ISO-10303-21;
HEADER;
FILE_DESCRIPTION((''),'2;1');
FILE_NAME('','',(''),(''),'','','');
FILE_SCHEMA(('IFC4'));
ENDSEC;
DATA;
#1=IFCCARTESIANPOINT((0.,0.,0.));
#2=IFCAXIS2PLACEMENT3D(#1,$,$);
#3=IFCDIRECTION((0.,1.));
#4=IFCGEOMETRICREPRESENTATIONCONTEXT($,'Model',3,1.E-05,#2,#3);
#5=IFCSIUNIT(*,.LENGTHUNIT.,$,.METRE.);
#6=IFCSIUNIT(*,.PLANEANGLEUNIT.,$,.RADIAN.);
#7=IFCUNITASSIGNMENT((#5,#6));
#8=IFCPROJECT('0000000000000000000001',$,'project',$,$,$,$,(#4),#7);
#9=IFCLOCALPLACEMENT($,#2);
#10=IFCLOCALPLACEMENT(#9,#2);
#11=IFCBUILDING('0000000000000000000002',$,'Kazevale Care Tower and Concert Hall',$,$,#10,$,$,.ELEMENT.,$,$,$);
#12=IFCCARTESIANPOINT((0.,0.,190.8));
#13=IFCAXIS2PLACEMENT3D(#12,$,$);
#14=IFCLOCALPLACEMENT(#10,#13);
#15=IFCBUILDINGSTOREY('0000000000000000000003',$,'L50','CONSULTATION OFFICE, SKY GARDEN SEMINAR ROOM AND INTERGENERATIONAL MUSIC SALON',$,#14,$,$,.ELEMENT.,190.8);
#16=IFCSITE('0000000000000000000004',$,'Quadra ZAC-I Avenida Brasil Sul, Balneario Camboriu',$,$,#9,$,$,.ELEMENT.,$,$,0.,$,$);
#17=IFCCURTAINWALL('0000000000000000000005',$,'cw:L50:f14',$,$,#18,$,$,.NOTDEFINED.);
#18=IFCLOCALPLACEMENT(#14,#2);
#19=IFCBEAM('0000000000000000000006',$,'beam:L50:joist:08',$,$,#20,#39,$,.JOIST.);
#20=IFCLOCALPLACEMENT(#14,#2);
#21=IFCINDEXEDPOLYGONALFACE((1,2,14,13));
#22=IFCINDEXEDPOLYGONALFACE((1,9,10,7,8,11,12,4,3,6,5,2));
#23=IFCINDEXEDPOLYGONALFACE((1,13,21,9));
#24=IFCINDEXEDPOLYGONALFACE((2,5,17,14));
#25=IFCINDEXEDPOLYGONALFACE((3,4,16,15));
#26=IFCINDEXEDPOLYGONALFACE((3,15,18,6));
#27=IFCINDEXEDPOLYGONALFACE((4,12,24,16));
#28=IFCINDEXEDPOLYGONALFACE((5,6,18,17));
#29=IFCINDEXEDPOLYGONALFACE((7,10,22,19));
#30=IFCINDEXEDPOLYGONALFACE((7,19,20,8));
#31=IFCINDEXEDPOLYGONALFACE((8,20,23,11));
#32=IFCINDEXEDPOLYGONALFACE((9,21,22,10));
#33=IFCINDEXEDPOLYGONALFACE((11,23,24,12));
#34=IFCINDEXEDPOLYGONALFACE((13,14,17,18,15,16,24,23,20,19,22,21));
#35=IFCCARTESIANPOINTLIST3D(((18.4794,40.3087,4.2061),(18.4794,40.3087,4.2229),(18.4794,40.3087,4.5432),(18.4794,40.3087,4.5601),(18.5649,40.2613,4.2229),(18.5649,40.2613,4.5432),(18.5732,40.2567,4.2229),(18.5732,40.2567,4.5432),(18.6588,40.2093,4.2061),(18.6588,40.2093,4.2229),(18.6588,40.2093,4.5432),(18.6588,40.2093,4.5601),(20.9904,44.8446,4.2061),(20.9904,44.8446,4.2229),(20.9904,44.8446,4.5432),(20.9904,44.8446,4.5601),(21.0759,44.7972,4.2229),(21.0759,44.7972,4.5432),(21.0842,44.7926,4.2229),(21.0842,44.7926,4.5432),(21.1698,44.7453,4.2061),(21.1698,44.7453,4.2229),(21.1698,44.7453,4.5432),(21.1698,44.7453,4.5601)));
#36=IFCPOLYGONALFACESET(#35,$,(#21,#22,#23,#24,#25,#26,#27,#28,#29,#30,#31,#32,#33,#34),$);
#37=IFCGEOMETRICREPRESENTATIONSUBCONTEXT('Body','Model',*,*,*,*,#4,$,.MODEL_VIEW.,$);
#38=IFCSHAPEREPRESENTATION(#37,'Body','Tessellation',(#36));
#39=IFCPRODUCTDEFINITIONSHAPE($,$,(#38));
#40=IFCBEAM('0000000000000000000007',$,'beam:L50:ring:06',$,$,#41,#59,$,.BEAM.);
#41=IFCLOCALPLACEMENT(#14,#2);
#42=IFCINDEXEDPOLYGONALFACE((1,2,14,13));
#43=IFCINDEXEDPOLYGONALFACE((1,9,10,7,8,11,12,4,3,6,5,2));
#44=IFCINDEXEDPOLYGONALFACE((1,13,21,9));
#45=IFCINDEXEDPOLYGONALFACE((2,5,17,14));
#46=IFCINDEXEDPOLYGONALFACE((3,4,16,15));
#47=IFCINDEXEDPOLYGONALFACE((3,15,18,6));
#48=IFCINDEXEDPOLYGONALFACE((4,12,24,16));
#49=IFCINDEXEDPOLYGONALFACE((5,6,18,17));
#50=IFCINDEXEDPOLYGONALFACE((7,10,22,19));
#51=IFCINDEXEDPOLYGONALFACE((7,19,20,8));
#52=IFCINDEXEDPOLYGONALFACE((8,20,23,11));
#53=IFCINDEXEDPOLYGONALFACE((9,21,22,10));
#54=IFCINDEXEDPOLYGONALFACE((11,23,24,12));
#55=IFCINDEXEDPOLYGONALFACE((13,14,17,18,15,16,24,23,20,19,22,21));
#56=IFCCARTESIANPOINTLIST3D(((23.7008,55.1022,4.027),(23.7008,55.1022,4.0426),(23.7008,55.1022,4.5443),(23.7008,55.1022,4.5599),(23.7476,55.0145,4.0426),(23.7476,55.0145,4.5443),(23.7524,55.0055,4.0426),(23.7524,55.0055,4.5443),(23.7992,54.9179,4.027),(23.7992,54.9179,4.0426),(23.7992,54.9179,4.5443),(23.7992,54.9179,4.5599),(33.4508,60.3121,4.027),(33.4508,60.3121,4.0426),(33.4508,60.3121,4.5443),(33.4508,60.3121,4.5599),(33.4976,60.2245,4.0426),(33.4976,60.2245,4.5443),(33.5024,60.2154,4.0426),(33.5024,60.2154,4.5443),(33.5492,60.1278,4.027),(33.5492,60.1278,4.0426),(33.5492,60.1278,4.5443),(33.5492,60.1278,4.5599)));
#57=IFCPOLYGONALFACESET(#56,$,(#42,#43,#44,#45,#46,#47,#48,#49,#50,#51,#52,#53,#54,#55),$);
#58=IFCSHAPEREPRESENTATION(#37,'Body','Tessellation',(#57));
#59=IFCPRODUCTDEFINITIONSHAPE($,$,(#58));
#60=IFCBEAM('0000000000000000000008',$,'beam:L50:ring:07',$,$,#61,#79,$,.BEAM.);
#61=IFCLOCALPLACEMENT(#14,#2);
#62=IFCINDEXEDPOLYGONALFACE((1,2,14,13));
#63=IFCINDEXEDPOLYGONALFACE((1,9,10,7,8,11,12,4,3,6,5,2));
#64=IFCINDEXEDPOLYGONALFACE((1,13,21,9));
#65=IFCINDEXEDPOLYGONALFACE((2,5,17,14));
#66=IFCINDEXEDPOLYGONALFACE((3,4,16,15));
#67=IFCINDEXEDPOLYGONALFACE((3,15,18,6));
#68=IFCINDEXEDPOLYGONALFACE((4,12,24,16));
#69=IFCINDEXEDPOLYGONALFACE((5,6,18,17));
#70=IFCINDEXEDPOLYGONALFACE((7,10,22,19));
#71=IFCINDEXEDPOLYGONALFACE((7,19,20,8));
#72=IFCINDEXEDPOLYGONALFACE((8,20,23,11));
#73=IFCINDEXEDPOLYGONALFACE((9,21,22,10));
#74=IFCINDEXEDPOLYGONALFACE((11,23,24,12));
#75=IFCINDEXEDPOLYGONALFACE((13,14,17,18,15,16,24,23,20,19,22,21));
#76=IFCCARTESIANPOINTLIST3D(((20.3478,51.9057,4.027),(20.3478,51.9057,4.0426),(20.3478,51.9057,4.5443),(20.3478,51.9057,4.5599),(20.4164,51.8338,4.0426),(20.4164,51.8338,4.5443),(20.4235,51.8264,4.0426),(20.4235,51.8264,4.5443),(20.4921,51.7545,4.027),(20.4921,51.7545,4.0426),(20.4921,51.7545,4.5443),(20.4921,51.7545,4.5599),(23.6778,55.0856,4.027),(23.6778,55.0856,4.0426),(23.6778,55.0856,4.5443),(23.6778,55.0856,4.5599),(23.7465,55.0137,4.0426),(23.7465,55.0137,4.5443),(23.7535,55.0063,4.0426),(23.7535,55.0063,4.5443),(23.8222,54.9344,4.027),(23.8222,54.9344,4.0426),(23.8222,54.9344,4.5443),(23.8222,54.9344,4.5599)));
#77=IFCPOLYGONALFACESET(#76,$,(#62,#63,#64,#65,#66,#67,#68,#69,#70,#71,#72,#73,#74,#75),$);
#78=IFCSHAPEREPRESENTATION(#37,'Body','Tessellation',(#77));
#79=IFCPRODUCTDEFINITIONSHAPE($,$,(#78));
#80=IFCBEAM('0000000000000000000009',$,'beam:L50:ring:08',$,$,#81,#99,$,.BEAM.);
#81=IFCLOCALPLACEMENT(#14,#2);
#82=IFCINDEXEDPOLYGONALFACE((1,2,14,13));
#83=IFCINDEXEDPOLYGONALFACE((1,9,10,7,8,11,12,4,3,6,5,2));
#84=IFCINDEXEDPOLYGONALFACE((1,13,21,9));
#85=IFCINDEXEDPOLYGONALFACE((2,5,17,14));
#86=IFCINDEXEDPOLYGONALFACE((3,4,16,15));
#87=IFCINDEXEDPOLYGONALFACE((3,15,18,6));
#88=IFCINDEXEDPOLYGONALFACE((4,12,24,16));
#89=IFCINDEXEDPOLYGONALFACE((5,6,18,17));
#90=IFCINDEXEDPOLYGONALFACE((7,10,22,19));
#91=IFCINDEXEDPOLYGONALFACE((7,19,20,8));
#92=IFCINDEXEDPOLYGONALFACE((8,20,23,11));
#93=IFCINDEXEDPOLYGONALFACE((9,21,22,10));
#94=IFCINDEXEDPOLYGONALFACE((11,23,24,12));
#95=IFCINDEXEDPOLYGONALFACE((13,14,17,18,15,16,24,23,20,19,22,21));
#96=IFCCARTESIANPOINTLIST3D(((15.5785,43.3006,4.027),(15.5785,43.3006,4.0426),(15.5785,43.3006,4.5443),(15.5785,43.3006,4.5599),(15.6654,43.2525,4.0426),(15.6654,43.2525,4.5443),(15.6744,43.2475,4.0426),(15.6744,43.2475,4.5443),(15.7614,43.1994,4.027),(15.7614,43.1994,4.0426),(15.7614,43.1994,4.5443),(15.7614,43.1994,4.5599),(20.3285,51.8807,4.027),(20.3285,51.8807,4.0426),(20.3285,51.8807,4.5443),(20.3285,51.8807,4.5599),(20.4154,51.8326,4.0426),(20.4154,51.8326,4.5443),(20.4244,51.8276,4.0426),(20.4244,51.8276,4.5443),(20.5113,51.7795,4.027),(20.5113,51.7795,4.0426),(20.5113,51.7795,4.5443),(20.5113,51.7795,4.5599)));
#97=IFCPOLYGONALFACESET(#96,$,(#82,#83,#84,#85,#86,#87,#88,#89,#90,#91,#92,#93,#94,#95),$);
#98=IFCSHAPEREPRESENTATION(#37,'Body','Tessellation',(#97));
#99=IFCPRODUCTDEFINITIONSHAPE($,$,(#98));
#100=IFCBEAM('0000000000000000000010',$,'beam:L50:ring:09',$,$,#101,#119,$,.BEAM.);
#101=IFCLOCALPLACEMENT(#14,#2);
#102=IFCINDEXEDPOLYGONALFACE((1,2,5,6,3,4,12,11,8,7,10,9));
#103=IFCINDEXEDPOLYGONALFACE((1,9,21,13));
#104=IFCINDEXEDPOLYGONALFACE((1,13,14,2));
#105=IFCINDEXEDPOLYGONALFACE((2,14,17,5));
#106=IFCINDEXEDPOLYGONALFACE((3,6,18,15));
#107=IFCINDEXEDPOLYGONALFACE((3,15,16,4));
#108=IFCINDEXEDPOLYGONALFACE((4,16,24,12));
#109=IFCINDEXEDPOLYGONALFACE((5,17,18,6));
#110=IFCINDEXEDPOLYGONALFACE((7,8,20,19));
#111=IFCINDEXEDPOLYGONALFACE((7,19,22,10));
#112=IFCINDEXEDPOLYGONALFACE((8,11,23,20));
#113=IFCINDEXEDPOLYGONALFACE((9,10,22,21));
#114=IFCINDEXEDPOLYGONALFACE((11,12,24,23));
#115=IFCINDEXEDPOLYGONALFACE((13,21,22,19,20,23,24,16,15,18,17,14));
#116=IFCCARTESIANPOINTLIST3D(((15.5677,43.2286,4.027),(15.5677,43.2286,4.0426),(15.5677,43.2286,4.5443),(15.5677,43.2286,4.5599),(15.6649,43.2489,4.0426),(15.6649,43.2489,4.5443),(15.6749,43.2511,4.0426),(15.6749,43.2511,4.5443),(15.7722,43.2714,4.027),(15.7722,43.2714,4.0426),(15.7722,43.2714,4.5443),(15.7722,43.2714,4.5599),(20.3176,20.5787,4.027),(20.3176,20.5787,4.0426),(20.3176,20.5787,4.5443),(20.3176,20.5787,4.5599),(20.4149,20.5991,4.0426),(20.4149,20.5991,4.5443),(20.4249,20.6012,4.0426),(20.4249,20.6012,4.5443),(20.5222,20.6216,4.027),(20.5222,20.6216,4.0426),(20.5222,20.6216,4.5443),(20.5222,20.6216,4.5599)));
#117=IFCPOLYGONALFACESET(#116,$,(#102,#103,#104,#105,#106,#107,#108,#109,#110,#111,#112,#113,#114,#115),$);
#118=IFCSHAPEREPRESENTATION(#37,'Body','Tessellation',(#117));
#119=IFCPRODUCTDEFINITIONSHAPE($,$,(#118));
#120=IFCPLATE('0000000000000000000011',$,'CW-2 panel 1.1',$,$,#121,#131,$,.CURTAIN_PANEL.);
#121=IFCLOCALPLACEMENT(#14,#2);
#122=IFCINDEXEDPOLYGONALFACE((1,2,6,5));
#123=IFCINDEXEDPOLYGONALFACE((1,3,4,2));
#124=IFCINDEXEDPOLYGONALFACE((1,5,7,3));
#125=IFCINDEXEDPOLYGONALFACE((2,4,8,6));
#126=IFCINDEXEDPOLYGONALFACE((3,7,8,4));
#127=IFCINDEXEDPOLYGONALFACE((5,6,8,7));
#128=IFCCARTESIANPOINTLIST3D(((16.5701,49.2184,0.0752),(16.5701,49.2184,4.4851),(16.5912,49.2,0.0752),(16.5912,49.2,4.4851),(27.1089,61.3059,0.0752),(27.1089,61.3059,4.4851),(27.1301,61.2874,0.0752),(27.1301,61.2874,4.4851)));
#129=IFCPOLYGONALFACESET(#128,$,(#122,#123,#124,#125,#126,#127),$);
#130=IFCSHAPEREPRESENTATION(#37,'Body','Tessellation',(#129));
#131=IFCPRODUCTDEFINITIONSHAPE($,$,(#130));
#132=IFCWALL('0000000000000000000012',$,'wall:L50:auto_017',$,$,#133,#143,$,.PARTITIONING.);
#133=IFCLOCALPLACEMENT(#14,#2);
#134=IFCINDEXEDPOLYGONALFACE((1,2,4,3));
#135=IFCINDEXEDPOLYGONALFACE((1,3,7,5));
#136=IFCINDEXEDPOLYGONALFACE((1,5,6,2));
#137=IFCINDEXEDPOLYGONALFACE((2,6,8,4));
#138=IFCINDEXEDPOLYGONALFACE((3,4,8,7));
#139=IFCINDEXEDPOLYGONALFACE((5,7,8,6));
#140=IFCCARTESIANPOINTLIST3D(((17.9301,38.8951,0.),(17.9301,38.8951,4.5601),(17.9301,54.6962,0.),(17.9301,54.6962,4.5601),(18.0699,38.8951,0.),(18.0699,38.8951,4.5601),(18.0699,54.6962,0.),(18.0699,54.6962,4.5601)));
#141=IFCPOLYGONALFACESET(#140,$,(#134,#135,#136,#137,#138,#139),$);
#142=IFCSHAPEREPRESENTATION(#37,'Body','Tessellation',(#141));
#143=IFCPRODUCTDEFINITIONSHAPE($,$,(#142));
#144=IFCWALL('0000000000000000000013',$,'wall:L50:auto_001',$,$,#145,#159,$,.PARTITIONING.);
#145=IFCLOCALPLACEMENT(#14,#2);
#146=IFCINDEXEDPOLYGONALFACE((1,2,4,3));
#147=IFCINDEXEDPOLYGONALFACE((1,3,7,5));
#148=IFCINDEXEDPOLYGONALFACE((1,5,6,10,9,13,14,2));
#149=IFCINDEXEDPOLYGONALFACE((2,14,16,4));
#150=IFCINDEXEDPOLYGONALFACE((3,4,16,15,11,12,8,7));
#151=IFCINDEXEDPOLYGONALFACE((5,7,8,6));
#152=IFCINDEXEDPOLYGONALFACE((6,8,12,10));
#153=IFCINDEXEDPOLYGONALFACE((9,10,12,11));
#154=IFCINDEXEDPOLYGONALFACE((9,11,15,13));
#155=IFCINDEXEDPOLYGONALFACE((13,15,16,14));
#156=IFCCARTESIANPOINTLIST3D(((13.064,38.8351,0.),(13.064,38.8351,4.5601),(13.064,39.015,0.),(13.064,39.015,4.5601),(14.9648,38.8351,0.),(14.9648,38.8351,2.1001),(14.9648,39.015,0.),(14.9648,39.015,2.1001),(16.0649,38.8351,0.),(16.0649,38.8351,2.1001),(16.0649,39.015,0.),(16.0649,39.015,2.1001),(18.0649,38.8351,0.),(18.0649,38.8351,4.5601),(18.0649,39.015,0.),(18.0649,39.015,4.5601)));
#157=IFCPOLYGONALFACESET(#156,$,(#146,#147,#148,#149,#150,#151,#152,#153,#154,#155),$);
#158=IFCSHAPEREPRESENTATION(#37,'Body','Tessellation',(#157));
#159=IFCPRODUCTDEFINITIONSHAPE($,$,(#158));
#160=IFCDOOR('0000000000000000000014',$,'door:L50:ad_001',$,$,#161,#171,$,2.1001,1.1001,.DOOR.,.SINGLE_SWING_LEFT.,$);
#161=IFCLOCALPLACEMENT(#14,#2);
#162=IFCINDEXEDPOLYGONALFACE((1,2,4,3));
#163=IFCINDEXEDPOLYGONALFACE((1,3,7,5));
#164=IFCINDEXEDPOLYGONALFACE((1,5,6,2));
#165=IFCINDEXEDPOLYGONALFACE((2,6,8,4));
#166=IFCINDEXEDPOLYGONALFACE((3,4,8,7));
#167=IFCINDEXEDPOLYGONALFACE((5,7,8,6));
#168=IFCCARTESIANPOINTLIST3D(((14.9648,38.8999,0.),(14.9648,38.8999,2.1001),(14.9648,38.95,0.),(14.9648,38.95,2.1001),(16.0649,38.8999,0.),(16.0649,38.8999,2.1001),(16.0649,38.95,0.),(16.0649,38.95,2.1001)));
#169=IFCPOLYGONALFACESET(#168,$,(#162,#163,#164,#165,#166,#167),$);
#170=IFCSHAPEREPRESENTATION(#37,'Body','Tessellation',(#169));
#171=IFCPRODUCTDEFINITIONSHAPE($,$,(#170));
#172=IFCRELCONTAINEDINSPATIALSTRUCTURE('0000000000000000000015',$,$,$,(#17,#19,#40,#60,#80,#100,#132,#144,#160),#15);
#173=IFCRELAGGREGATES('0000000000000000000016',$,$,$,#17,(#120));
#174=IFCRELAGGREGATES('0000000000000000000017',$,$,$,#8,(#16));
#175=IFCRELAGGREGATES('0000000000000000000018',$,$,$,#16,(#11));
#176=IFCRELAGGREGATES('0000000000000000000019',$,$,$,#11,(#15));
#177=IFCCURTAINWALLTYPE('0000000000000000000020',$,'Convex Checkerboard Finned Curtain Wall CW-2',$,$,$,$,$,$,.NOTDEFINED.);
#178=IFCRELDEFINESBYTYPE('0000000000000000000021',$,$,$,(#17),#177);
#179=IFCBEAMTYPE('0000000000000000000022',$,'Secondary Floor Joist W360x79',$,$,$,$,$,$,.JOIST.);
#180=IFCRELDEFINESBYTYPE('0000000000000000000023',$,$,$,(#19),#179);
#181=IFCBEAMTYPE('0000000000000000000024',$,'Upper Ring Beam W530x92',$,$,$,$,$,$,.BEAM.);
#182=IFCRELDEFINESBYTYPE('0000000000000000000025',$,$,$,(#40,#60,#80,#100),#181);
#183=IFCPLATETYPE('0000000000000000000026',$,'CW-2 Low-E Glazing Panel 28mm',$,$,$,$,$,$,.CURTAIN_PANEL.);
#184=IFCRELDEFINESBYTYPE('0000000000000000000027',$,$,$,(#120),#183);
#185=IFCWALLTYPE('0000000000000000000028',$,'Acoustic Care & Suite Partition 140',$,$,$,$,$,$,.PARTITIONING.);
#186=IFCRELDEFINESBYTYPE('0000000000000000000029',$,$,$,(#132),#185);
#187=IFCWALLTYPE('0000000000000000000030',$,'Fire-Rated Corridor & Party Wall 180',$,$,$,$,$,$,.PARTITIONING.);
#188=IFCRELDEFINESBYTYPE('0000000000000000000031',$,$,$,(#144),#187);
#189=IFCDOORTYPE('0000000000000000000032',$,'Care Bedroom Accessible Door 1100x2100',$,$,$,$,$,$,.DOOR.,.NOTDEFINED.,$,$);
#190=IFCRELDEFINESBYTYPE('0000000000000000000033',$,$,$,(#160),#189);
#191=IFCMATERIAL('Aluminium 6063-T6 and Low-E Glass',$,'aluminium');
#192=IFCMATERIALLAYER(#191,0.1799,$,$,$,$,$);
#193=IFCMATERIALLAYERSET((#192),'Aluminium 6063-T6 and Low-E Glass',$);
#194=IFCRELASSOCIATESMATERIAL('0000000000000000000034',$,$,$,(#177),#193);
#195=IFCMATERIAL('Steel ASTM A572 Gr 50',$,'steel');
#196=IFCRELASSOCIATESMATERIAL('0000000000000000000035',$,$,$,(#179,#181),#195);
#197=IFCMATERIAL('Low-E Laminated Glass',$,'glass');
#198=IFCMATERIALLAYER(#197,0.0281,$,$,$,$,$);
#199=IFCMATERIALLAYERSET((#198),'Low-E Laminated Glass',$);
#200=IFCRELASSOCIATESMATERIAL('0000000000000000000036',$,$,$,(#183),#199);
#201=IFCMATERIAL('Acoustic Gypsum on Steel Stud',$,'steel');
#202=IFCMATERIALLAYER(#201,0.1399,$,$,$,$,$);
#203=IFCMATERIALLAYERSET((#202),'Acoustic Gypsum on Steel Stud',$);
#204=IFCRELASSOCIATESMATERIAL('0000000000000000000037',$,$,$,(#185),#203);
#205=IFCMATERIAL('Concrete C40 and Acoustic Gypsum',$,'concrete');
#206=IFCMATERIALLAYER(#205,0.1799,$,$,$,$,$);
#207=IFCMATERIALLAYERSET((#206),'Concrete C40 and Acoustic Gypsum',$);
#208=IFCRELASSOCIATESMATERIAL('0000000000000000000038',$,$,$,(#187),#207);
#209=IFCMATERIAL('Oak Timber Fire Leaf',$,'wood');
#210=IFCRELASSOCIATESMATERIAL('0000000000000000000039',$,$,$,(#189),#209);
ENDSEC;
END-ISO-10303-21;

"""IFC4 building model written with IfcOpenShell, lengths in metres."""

from ifc_helpers import new_model, si_unit, direction, frame, frame_2d, origin, origin_2d, place, context, subcontext, project, spatial, rectangle, i_section, extrude, material, layer, layer_set, material_profile, profile_set, type_object, element, fill, aggregate, save


model = new_model("IFC4")

# Units and contexts
model_context = context("Model", 3, precision=1e-05, world=origin(), true_north=direction((0.0, 1.0)))
body_context = subcontext(model_context, "Body", "Model", "MODEL_VIEW")
ifc_project = project(units=[si_unit("LENGTHUNIT", "METRE"), si_unit("PLANEANGLEUNIT", "RADIAN")], contexts=[model_context])

# Site, building, storey
site_placement = place(None, origin())
site = spatial("IfcSite", under=ifc_project, at=site_placement, Name="Quadra ZAC-I Avenida Brasil Sul, Balneario Camboriu", CompositionType="ELEMENT", RefElevation=0.0)
building_placement = place(site_placement, origin())
building = spatial("IfcBuilding", under=site, at=building_placement, Name="Kazevale Care Tower and Concert Hall", CompositionType="ELEMENT")
storey_placement = place(building_placement, frame((0.0, 0.0, 190.8)))
storey = spatial("IfcBuildingStorey", under=building, at=storey_placement, Name="L50", Description="CONSULTATION OFFICE, SKY GARDEN SEMINAR ROOM AND INTERGENERATIONAL MUSIC SALON", CompositionType="ELEMENT", Elevation=190.8)

# Curtain wall
ifc_material_1 = material(Name="Aluminium 6063-T6 and Low-E Glass", Category="aluminium")
ifc_layer_1 = layer(ifc_material_1, 0.1799)
ifc_layer_set_1 = layer_set([ifc_layer_1], Name="Aluminium 6063-T6 and Low-E Glass")
curtain_wall_type_1 = type_object("IfcCurtainWallType", Name="Convex Checkerboard Finned Curtain Wall CW-2", PredefinedType="NOTDEFINED", material=ifc_layer_set_1)
curtain_wall_1_placement = place(storey_placement, origin())
curtain_wall_1 = element("IfcCurtainWall", 1, at=curtain_wall_1_placement, inside=storey, type_object=curtain_wall_type_1, Name="cw:L50:f14", PredefinedType="NOTDEFINED")

# Beams
ifc_material_2 = material(Name="Steel ASTM A572 Gr 50", Category="steel")
ifc_material_profile_1 = material_profile(ifc_material_2, i_section(OverallWidth=0.2051, OverallDepth=0.354, WebThickness=0.0095, FlangeThickness=0.0168, at=origin_2d()), Name="W360x79")
ifc_profile_set_1 = profile_set([ifc_material_profile_1], Name="Steel ASTM A572 Gr 50")
beam_type_1 = type_object("IfcBeamType", Name="Secondary Floor Joist W360x79", PredefinedType="JOIST", material=ifc_profile_set_1)
beam_1_placement = place(storey_placement, frame((21.0801, 44.7949, 4.3831), z_axis=(-0.484323, -0.874889, 0.0), x_axis=(0.874889, -0.484323, 0.0)))
element("IfcBeam", 2, at=beam_1_placement, inside=storey, type_object=beam_type_1, Name="beam:L50:joist:08", PredefinedType="JOIST", context=body_context, shape_type="SweptSolid", body=[
    extrude(i_section(OverallWidth=0.2051, OverallDepth=0.354, WebThickness=0.0095, FlangeThickness=0.0168, at=origin_2d()), origin(), (0.0, 0.0, 1.0), 5.1846),
])
ifc_material_profile_2 = material_profile(ifc_material_2, i_section(OverallWidth=0.209, OverallDepth=0.533, WebThickness=0.0103, FlangeThickness=0.0156, at=origin_2d()), Name="W530x92")
ifc_profile_set_2 = profile_set([ifc_material_profile_2], Name="Steel ASTM A572 Gr 50")
beam_type_2 = type_object("IfcBeamType", Name="Upper Ring Beam W530x92", PredefinedType="BEAM", material=ifc_profile_set_2)
beam_2_placement = place(storey_placement, frame((33.5, 60.22, 4.2935), z_axis=(-0.881979, -0.47129, 0.0), x_axis=(0.47129, -0.881979, 0.0)))
element("IfcBeam", 3, at=beam_2_placement, inside=storey, type_object=beam_type_2, Name="beam:L50:ring:06", PredefinedType="BEAM", context=body_context, shape_type="SweptSolid", body=[
    extrude(i_section(OverallWidth=0.209, OverallDepth=0.533, WebThickness=0.0103, FlangeThickness=0.0156, at=origin_2d()), origin(), (0.0, 0.0, 1.0), 11.0547),
])
beam_3_placement = place(storey_placement, frame((23.75, 55.01, 4.2935), z_axis=(-0.723223, -0.690614, 0.0), x_axis=(0.690614, -0.723223, 0.0)))
element("IfcBeam", 4, at=beam_3_placement, inside=storey, type_object=beam_type_2, Name="beam:L50:ring:07", PredefinedType="BEAM", context=body_context, shape_type="SweptSolid", body=[
    extrude(i_section(OverallWidth=0.209, OverallDepth=0.533, WebThickness=0.0103, FlangeThickness=0.0156, at=origin_2d()), origin(), (0.0, 0.0, 1.0), 4.6045),
])
beam_4_placement = place(storey_placement, frame((20.4199, 51.8301, 4.2935), z_axis=(-0.48434, -0.87488, 0.0), x_axis=(0.87488, -0.48434, 0.0)))
element("IfcBeam", 5, at=beam_4_placement, inside=storey, type_object=beam_type_2, Name="beam:L50:ring:08", PredefinedType="BEAM", context=body_context, shape_type="SweptSolid", body=[
    extrude(i_section(OverallWidth=0.209, OverallDepth=0.533, WebThickness=0.0103, FlangeThickness=0.0156, at=origin_2d()), origin(), (0.0, 0.0, 1.0), 9.8071),
])
beam_5_placement = place(storey_placement, frame((15.6699, 43.25, 4.2935), z_axis=(0.205249, -0.97871, 0.0), x_axis=(0.97871, 0.205249, 0.0)))
element("IfcBeam", 6, at=beam_5_placement, inside=storey, type_object=beam_type_2, Name="beam:L50:ring:09", PredefinedType="BEAM", context=body_context, shape_type="SweptSolid", body=[
    extrude(i_section(OverallWidth=0.209, OverallDepth=0.533, WebThickness=0.0103, FlangeThickness=0.0156, at=origin_2d()), origin(), (0.0, 0.0, 1.0), 23.1426),
])

# Plate
ifc_material_3 = material(Name="Low-E Laminated Glass", Category="glass")
ifc_layer_2 = layer(ifc_material_3, 0.0281)
ifc_layer_set_2 = layer_set([ifc_layer_2], Name="Low-E Laminated Glass")
plate_type = type_object("IfcPlateType", Name="CW-2 Low-E Glazing Panel 28mm", PredefinedType="CURTAIN_PANEL", material=ifc_layer_set_2)
plate_placement = place(storey_placement, frame((21.8501, 55.2529, 0.0752), z_axis=(0.0, 0.0, 1.0), x_axis=(0.657175, 0.753738, 0.0)))
plate = element("IfcPlate", 7, at=plate_placement, type_object=plate_type, Name="CW-2 panel 1.1", PredefinedType="CURTAIN_PANEL", context=body_context, shape_type="SweptSolid", body=[
    extrude(rectangle(XDim=16.0366, YDim=0.0281, at=origin_2d()), origin(), (0.0, 0.0, 1.0), 4.4099),
])
aggregate(curtain_wall_1, [plate])

# Wall
ifc_material_4 = material(Name="Acoustic Gypsum on Steel Stud", Category="steel")
ifc_layer_3 = layer(ifc_material_4, 0.1399)
ifc_layer_set_3 = layer_set([ifc_layer_3], Name="Acoustic Gypsum on Steel Stud")
wall_type_1 = type_object("IfcWallType", Name="Acoustic Care & Suite Partition 140", PredefinedType="PARTITIONING", material=ifc_layer_set_3)
wall_1_placement = place(storey_placement, frame((18.0, 54.696, 0.0), z_axis=(0.0, 0.0, 1.0), x_axis=(0.0, -1.0, 0.0)))
element("IfcWall", 8, at=wall_1_placement, inside=storey, type_object=wall_type_1, Name="wall:L50:auto_017", PredefinedType="PARTITIONING", context=body_context, shape_type="SweptSolid", body=[
    extrude(rectangle(XDim=15.801, YDim=0.1399, at=frame_2d((7.9004, 0.0))), origin(), (0.0, 0.0, 1.0), 4.5601),
])

# Wall, opening, door
ifc_material_5 = material(Name="Concrete C40 and Acoustic Gypsum", Category="concrete")
ifc_layer_4 = layer(ifc_material_5, 0.1799)
ifc_layer_set_4 = layer_set([ifc_layer_4], Name="Concrete C40 and Acoustic Gypsum")
wall_type_2 = type_object("IfcWallType", Name="Fire-Rated Corridor & Party Wall 180", PredefinedType="PARTITIONING", material=ifc_layer_set_4)
wall_2_placement = place(storey_placement, frame((13.064, 38.925, 0.0), z_axis=(0.0, 0.0, 1.0), x_axis=(1.0, 0.0, 0.0)))
wall_2 = element("IfcWall", 9, at=wall_2_placement, inside=storey, type_object=wall_type_2, Name="wall:L50:auto_001", PredefinedType="PARTITIONING", context=body_context, shape_type="SweptSolid", body=[
    extrude(rectangle(XDim=5.001, YDim=0.1799, at=frame_2d((2.5005, 0.0))), origin(), (0.0, 0.0, 1.0), 4.5601),
])
opening_1_placement = place(wall_2_placement, frame((1.9009, 0.0, 0.0)))
opening_1 = element("IfcOpeningElement", 10, at=opening_1_placement, cuts=wall_2, PredefinedType="OPENING", context=body_context, shape_type="SweptSolid", body=[
    extrude(rectangle(XDim=1.1001, YDim=2.1001, at=frame_2d((0.55, 1.05))), frame((0.0, 0.0999, 0.0), z_axis=(0.0, -1.0, 0.0), x_axis=(1.0, 0.0, 0.0)), (0.0, 0.0, 1.0), 0.2),
])
ifc_material_6 = material(Name="Oak Timber Fire Leaf", Category="wood")
door_type_1 = type_object("IfcDoorType", Name="Care Bedroom Accessible Door 1100x2100", OperationType="NOTDEFINED", PredefinedType="DOOR", material=ifc_material_6)
door_1_placement = place(opening_1_placement, origin())
door_1 = element("IfcDoor", 11, at=door_1_placement, inside=storey, type_object=door_type_1, Name="door:L50:ad_001", OperationType="SINGLE_SWING_LEFT", OverallHeight=2.1001, OverallWidth=1.1001, PredefinedType="DOOR", context=body_context, shape_type="SweptSolid", body=[
    extrude(rectangle(XDim=1.1001, YDim=2.1001, at=frame_2d((0.55, 1.05))), frame((0.0, 0.0249, 0.0), z_axis=(0.0, -1.0, 0.0), x_axis=(1.0, 0.0, 0.0)), (0.0, 0.0, 1.0), 0.05),
])
fill(opening_1, door_1)

save(model, "model.ifc")
